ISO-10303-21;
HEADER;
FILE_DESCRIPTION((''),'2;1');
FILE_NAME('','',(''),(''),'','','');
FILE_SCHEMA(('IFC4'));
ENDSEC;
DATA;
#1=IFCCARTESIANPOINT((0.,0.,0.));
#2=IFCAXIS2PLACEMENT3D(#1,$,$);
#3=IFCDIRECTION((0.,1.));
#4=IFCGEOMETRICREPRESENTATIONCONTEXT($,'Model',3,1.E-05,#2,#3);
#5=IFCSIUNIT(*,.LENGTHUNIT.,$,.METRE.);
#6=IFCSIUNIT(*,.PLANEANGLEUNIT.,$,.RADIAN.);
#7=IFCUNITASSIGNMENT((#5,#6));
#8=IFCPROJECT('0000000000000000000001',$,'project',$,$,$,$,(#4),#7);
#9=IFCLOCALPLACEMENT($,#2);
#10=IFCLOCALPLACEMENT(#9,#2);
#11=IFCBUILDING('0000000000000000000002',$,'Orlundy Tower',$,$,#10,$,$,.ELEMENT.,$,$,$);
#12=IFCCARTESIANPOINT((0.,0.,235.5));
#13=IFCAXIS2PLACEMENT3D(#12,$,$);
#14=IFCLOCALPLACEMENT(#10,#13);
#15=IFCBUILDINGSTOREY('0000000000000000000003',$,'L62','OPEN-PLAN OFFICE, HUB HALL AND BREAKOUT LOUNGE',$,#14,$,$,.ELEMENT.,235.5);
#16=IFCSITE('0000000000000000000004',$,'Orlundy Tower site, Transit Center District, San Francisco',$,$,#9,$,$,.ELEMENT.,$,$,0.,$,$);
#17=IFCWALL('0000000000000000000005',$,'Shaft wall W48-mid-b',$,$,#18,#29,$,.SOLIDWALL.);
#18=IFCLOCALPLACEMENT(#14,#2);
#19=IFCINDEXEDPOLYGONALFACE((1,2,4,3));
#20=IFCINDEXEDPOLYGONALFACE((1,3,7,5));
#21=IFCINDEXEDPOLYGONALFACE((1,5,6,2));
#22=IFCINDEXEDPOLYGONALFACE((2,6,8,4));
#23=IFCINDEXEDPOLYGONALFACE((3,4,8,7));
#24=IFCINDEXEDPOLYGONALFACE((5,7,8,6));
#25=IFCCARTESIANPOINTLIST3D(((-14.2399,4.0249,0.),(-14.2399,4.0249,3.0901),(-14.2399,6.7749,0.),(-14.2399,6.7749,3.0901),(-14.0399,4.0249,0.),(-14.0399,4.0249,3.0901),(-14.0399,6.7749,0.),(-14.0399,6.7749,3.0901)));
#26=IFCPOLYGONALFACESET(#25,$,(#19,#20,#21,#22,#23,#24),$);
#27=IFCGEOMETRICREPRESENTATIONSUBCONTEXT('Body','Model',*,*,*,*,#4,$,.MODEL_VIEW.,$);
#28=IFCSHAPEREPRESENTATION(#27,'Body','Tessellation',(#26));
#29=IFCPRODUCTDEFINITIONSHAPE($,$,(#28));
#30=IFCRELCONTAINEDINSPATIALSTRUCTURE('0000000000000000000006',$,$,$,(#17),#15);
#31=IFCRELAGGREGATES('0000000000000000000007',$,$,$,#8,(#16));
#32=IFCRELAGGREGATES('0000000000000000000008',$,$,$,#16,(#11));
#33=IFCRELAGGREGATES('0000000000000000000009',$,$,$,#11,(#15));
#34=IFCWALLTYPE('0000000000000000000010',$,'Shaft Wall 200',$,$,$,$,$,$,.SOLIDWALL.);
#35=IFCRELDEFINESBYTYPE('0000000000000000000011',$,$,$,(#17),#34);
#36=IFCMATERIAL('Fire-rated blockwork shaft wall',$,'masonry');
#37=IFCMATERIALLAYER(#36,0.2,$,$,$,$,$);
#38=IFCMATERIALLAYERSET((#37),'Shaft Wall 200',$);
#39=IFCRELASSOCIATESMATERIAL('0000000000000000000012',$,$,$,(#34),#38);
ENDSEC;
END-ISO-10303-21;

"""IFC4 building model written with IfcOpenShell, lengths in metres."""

from ifc_helpers import new_model, si_unit, direction, frame, frame_2d, origin, place, context, subcontext, project, spatial, rectangle, extrude, material, layer, layer_set, type_object, element, save


model = new_model("IFC4")

# Units and contexts
model_context = context("Model", 3, precision=1e-05, world=origin(), true_north=direction((0.0, 1.0)))
body_context = subcontext(model_context, "Body", "Model", "MODEL_VIEW")
ifc_project = project(units=[si_unit("LENGTHUNIT", "METRE"), si_unit("PLANEANGLEUNIT", "RADIAN")], contexts=[model_context])

# Site, building, storey
site_placement = place(None, origin())
site = spatial("IfcSite", under=ifc_project, at=site_placement, Name="Orlundy Tower site, Transit Center District, San Francisco", CompositionType="ELEMENT", RefElevation=0.0)
building_placement = place(site_placement, origin())
building = spatial("IfcBuilding", under=site, at=building_placement, Name="Orlundy Tower", CompositionType="ELEMENT")
storey_placement = place(building_placement, frame((0.0, 0.0, 235.5)))
storey = spatial("IfcBuildingStorey", under=building, at=storey_placement, Name="L62", Description="OPEN-PLAN OFFICE, HUB HALL AND BREAKOUT LOUNGE", CompositionType="ELEMENT", Elevation=235.5)

# Wall
ifc_material_1 = material(Name="Fire-rated blockwork shaft wall", Category="masonry")
ifc_layer_1 = layer(ifc_material_1, 0.2)
ifc_layer_set_1 = layer_set([ifc_layer_1], Name="Shaft Wall 200")
wall_type_1 = type_object("IfcWallType", Name="Shaft Wall 200", PredefinedType="SOLIDWALL", material=ifc_layer_set_1)
wall_1_placement = place(storey_placement, frame((-14.1399, 4.0249, 0.0), z_axis=(0.0, 0.0, 1.0), x_axis=(0.0, 1.0, 0.0)))
element("IfcWall", 1, at=wall_1_placement, inside=storey, type_object=wall_type_1, Name="Shaft wall W48-mid-b", PredefinedType="SOLIDWALL", context=body_context, shape_type="SweptSolid", body=[
    extrude(rectangle(XDim=2.75, YDim=0.2, at=frame_2d((1.375, 0.0))), origin(), (0.0, 0.0, 1.0), 3.0901),
])

save(model, "model.ifc")
